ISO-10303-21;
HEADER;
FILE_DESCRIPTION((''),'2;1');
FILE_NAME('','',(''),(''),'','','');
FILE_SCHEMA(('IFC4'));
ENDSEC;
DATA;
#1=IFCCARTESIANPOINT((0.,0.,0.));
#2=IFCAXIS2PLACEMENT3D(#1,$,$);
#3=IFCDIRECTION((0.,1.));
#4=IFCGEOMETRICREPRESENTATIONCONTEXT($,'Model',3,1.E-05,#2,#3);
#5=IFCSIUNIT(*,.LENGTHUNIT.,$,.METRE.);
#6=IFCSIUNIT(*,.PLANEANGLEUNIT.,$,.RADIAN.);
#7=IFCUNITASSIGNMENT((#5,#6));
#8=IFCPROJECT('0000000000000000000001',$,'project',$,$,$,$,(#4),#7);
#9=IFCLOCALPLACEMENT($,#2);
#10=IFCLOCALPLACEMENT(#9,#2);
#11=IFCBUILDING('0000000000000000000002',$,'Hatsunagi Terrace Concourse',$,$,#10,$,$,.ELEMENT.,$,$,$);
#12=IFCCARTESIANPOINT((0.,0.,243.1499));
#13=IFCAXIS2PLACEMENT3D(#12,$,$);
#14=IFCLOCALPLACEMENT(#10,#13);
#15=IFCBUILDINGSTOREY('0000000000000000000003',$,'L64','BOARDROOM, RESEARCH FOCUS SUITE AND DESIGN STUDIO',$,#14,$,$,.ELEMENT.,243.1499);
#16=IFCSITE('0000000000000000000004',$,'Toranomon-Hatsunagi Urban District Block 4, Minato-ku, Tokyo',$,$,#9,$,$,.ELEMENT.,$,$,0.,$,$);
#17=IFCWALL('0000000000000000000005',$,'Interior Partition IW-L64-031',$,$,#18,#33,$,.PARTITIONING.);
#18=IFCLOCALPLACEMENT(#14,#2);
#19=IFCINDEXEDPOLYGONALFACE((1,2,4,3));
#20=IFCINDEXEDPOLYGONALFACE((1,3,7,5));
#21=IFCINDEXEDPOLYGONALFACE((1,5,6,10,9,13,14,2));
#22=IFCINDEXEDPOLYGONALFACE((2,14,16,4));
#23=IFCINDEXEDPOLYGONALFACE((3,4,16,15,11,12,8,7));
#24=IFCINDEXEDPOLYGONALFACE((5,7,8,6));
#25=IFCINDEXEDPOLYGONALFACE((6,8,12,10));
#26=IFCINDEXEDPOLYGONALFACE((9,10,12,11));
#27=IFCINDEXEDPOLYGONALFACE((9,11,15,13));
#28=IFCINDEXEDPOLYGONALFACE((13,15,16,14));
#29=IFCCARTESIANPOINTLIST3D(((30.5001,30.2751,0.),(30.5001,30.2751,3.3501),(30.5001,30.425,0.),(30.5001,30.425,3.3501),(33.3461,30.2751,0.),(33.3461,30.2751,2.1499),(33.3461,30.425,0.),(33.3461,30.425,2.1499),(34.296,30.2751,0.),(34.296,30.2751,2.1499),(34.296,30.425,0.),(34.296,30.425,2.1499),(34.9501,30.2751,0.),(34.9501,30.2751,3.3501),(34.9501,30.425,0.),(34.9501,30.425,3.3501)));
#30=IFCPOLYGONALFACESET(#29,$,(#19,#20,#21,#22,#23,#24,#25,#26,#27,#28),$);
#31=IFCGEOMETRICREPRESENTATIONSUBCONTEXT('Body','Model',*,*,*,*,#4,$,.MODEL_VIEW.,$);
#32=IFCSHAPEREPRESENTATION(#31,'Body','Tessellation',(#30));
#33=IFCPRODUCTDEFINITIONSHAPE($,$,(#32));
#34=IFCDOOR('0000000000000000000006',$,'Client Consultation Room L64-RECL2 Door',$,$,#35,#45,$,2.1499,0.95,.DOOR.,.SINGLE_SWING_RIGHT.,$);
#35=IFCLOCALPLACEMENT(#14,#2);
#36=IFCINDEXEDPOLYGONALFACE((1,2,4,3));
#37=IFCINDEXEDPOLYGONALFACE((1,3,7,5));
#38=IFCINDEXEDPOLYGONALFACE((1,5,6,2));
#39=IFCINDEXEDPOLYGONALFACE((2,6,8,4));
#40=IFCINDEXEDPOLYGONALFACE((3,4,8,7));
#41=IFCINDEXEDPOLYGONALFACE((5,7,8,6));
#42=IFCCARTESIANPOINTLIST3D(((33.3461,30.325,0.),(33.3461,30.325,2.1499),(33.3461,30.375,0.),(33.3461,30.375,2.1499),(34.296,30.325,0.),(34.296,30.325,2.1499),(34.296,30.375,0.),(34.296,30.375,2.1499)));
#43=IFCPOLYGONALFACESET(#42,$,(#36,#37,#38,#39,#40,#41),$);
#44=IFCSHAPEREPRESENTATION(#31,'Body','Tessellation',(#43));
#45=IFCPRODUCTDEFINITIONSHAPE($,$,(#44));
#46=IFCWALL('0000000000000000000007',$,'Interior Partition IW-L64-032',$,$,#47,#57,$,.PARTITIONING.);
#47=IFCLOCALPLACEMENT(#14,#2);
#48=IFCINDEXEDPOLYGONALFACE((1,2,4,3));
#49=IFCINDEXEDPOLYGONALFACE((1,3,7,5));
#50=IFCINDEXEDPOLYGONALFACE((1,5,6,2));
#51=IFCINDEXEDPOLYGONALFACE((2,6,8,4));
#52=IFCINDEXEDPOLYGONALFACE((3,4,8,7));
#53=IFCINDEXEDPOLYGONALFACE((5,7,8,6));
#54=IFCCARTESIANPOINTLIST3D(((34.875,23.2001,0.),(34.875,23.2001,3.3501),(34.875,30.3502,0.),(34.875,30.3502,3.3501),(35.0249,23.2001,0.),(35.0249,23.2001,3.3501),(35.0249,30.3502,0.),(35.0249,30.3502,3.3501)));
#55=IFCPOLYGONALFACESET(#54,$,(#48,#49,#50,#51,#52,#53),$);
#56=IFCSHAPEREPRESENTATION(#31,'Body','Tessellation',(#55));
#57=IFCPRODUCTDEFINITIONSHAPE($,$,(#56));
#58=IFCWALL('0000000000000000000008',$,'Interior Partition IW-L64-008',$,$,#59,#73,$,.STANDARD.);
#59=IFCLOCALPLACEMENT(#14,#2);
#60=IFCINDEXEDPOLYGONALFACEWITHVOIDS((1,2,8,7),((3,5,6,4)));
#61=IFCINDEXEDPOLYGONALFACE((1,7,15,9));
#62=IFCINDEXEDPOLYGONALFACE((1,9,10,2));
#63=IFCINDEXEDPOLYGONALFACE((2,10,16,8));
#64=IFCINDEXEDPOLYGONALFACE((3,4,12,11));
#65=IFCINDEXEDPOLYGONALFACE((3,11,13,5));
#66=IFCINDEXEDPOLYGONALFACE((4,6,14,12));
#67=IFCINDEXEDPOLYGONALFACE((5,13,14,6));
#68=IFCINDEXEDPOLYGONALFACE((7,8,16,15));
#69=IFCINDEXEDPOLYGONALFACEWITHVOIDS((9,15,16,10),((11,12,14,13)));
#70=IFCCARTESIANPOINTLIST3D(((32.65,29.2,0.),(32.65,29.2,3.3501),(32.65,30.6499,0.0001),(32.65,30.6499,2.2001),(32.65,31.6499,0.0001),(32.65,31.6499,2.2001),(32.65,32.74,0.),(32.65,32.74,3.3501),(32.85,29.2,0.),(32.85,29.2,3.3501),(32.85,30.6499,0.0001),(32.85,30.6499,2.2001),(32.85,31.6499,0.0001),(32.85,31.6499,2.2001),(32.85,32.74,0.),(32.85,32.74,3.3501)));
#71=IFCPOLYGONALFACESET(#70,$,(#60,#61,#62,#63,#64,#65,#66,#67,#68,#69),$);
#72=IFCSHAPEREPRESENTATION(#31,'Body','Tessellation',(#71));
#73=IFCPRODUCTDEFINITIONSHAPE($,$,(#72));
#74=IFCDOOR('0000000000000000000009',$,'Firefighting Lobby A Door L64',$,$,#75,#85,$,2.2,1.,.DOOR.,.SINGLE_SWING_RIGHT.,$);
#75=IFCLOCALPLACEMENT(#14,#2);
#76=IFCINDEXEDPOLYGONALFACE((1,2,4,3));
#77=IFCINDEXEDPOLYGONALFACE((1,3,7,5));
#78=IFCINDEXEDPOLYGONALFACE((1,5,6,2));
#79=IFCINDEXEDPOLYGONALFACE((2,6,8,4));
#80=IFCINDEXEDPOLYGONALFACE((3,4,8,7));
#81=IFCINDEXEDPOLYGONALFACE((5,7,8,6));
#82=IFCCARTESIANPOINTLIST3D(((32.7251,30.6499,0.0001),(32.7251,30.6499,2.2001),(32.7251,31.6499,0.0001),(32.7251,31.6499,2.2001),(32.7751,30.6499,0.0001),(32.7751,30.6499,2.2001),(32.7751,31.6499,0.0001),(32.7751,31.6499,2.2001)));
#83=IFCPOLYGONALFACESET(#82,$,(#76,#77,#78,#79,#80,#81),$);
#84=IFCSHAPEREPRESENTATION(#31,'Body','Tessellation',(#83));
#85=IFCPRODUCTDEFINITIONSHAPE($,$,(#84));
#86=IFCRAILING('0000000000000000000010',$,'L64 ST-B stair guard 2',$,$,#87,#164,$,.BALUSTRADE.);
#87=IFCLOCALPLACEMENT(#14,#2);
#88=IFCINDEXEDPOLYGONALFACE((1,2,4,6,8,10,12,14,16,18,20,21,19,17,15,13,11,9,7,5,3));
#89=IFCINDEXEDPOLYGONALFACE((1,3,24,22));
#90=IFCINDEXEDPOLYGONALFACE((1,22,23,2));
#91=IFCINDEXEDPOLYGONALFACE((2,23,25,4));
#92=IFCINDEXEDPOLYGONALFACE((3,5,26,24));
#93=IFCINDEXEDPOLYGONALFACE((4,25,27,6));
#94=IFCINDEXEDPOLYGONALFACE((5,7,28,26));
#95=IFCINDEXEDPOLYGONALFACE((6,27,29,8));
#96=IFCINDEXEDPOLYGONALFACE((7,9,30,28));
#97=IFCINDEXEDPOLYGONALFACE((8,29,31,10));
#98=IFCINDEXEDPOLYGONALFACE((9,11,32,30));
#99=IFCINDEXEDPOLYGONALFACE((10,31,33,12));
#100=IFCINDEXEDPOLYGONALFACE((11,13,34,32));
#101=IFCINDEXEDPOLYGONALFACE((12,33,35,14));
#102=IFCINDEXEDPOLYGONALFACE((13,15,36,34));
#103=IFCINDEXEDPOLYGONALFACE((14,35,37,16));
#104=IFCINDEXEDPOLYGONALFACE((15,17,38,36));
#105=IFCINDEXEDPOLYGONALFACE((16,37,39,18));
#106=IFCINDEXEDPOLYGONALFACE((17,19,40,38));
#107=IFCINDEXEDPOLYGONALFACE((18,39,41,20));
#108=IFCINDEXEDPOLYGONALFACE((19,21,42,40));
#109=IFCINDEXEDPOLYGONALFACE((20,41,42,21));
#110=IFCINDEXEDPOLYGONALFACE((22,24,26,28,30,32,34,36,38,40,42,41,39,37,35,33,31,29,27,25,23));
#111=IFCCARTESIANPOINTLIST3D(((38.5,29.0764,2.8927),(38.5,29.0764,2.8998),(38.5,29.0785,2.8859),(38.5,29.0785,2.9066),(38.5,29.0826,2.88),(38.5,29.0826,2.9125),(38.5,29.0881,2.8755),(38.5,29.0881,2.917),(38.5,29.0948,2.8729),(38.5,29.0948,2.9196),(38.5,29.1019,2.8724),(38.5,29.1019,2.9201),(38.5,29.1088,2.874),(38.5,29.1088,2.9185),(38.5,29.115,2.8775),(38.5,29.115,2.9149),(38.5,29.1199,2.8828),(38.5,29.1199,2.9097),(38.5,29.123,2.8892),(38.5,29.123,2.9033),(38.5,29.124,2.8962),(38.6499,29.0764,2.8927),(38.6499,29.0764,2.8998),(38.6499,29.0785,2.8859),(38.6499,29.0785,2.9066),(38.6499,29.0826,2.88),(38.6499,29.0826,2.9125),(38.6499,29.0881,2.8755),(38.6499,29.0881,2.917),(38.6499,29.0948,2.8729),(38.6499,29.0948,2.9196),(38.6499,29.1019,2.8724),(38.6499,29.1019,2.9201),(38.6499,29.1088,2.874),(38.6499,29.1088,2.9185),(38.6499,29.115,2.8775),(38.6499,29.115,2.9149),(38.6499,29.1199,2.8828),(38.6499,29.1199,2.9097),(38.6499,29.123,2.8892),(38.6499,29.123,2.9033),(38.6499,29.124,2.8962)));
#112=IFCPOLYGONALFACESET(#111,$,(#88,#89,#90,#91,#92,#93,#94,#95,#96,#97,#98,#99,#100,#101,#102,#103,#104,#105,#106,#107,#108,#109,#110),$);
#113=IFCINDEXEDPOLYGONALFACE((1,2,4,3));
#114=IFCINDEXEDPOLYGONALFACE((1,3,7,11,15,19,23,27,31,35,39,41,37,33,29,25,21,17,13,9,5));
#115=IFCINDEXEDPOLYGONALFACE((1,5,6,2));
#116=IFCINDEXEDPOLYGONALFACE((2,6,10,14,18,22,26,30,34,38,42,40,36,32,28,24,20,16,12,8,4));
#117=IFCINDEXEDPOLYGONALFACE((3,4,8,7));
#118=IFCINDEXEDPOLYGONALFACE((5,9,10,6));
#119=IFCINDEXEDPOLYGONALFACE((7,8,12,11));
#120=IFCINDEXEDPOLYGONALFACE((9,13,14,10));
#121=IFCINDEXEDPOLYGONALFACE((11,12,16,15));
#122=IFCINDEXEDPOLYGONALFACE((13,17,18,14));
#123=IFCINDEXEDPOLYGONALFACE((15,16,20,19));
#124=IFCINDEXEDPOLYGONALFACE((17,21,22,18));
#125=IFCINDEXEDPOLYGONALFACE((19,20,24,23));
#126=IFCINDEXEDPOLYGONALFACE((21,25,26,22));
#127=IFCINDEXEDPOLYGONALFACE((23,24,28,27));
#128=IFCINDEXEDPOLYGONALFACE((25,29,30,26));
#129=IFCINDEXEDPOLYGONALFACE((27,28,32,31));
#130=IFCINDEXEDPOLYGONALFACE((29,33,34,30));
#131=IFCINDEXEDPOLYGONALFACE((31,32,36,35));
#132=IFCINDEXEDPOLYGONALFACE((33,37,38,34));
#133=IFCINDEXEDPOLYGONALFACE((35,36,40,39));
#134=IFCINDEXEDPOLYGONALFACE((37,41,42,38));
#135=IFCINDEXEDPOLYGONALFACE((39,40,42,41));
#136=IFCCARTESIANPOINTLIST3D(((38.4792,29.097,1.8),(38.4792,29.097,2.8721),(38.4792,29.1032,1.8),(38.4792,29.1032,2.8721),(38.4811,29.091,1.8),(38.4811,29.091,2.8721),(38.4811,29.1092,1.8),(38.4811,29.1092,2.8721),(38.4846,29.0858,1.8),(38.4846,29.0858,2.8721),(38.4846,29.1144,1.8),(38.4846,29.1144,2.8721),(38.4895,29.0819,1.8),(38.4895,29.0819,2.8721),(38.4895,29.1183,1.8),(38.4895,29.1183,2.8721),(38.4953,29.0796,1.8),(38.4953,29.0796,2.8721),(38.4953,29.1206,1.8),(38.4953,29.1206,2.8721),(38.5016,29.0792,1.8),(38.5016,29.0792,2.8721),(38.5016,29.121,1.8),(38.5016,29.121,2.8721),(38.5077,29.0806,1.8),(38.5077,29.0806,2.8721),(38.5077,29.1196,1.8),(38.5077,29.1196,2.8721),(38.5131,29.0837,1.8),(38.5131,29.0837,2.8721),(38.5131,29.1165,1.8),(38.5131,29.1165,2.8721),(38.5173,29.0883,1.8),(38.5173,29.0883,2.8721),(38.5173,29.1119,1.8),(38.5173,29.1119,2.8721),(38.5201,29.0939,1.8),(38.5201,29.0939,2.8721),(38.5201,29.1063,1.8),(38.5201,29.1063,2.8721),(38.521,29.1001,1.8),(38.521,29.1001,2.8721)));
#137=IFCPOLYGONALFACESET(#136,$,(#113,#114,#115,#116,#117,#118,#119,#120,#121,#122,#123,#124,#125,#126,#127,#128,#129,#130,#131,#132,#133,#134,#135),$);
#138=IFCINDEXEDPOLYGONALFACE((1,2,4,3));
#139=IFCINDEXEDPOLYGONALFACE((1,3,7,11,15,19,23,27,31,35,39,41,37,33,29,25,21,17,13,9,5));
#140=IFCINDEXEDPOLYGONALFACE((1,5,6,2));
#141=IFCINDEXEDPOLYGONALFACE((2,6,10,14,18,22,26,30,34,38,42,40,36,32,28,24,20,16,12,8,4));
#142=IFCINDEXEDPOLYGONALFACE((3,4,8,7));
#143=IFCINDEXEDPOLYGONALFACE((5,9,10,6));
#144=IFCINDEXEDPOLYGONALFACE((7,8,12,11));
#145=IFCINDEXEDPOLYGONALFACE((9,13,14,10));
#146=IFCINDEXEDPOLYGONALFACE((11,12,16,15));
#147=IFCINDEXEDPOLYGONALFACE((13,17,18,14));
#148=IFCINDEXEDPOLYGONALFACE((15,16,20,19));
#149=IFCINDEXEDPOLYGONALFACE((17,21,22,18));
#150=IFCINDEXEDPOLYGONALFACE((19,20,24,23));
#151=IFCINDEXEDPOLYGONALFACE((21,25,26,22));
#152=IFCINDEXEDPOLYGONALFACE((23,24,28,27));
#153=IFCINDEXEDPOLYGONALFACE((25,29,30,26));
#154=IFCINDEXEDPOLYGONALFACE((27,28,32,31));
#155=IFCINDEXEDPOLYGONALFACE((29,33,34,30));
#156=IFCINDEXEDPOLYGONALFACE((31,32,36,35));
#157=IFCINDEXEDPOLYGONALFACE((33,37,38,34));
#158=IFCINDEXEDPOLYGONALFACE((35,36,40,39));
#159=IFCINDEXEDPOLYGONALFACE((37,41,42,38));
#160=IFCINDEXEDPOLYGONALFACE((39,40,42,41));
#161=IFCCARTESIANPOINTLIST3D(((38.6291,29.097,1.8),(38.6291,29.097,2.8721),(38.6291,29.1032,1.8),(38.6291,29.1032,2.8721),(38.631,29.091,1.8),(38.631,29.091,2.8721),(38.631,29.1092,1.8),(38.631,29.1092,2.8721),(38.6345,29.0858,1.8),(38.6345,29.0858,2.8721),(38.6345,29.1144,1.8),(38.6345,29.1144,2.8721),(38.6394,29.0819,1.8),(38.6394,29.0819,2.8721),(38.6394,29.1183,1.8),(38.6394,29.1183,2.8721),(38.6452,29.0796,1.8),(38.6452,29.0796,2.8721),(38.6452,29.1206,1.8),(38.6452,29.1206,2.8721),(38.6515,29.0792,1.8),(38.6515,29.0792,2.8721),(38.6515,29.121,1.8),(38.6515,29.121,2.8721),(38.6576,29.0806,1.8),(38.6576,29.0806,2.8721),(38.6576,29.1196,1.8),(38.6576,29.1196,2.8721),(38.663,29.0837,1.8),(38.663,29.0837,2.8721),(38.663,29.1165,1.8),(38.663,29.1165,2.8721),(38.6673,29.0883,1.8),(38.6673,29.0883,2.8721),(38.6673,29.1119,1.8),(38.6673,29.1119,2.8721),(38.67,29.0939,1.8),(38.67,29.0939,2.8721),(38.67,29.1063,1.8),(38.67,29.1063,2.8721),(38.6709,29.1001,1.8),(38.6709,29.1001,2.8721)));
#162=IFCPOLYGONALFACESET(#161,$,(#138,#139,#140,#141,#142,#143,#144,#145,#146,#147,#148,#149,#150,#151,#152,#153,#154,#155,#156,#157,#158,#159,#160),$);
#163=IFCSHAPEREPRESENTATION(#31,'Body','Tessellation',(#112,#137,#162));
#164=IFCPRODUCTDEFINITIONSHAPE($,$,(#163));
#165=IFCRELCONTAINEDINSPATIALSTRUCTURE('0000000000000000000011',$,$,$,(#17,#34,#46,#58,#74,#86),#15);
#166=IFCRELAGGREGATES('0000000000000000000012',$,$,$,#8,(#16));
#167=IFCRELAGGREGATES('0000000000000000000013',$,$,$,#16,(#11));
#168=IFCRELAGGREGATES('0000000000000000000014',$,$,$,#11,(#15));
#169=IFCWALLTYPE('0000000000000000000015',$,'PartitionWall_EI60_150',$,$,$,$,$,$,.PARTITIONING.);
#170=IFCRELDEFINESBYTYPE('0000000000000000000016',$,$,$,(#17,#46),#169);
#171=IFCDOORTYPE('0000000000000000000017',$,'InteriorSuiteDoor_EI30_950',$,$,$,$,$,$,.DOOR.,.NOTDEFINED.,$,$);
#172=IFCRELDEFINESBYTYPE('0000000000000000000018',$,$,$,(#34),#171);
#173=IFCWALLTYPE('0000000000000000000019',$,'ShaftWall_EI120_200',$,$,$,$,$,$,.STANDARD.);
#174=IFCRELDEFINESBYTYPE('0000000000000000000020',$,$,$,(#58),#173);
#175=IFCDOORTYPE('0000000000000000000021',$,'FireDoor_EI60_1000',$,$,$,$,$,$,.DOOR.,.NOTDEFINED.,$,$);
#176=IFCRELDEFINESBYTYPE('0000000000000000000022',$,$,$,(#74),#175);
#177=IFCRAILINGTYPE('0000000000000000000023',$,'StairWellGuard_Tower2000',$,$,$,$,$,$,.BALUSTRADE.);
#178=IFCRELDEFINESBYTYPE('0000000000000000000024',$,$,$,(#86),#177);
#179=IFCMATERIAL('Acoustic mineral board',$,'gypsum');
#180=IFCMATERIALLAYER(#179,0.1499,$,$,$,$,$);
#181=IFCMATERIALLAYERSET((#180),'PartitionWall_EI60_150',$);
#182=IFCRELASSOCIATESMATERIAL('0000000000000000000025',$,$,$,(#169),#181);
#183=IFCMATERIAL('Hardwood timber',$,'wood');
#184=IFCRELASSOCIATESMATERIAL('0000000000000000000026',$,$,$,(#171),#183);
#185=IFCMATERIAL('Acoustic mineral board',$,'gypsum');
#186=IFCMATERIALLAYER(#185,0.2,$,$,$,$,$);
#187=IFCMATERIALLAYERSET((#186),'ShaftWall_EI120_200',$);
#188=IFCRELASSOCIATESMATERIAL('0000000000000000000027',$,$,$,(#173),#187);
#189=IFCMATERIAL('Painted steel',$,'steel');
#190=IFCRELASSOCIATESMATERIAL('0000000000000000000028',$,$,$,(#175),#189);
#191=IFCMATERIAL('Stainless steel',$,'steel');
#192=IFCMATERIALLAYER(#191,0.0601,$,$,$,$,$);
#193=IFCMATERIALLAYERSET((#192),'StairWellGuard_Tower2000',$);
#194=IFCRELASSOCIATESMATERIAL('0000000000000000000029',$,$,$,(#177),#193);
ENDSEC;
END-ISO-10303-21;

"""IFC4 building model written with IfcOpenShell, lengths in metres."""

from ifc_helpers import new_model, si_unit, direction, frame, frame_2d, origin, origin_2d, place, context, subcontext, project, spatial, rectangle, circle, extrude, material, layer, layer_set, type_object, element, fill, save


model = new_model("IFC4")

# Units and contexts
model_context = context("Model", 3, precision=1e-05, world=origin(), true_north=direction((0.0, 1.0)))
body_context = subcontext(model_context, "Body", "Model", "MODEL_VIEW")
ifc_project = project(units=[si_unit("LENGTHUNIT", "METRE"), si_unit("PLANEANGLEUNIT", "RADIAN")], contexts=[model_context])

# Site, building, storey
site_placement = place(None, origin())
site = spatial("IfcSite", under=ifc_project, at=site_placement, Name="Toranomon-Hatsunagi Urban District Block 4, Minato-ku, Tokyo", CompositionType="ELEMENT", RefElevation=0.0)
building_placement = place(site_placement, origin())
building = spatial("IfcBuilding", under=site, at=building_placement, Name="Hatsunagi Terrace Concourse", CompositionType="ELEMENT")
storey_placement = place(building_placement, frame((0.0, 0.0, 243.1499)))
storey = spatial("IfcBuildingStorey", under=building, at=storey_placement, Name="L64", Description="BOARDROOM, RESEARCH FOCUS SUITE AND DESIGN STUDIO", CompositionType="ELEMENT", Elevation=243.1499)

# Shared definitions
ifc_material_1 = material(Name="Acoustic mineral board", Category="gypsum")
ifc_layer_1 = layer(ifc_material_1, 0.1499)
ifc_layer_set_1 = layer_set([ifc_layer_1], Name="PartitionWall_EI60_150")
wall_type_1 = type_object("IfcWallType", Name="PartitionWall_EI60_150", PredefinedType="PARTITIONING", material=ifc_layer_set_1)

# Wall, opening, door
wall_1_placement = place(storey_placement, frame((30.5, 30.3501, 0.0), z_axis=(0.0, 0.0, 1.0), x_axis=(1.0, 0.0, 0.0)))
wall_1 = element("IfcWall", 1, at=wall_1_placement, inside=storey, type_object=wall_type_1, Name="Interior Partition IW-L64-031", PredefinedType="PARTITIONING", context=body_context, shape_type="SweptSolid", body=[
    extrude(rectangle(XDim=4.45, YDim=0.1499, at=frame_2d((2.2251, 0.0))), origin(), (0.0, 0.0, 1.0), 3.3501),
])
opening_1_placement = place(wall_1_placement, frame((2.8459, 0.0, 0.0)))
opening_1 = element("IfcOpeningElement", 2, at=opening_1_placement, cuts=wall_1, PredefinedType="OPENING", context=body_context, shape_type="SweptSolid", body=[
    extrude(rectangle(XDim=0.95, YDim=2.1499, at=frame_2d((0.4751, 1.075))), frame((0.0, 0.085, 0.0), z_axis=(0.0, -1.0, 0.0), x_axis=(1.0, 0.0, 0.0)), (0.0, 0.0, 1.0), 0.1699),
])
ifc_material_2 = material(Name="Hardwood timber", Category="wood")
door_type_1 = type_object("IfcDoorType", Name="InteriorSuiteDoor_EI30_950", OperationType="NOTDEFINED", PredefinedType="DOOR", material=ifc_material_2)
door_1_placement = place(opening_1_placement, origin())
door_1 = element("IfcDoor", 3, at=door_1_placement, inside=storey, type_object=door_type_1, Name="Client Consultation Room L64-RECL2 Door", OperationType="SINGLE_SWING_RIGHT", OverallHeight=2.1499, OverallWidth=0.95, PredefinedType="DOOR", context=body_context, shape_type="SweptSolid", body=[
    extrude(rectangle(XDim=0.95, YDim=2.1499, at=frame_2d((0.4751, 1.075))), frame((0.0, 0.0249, 0.0), z_axis=(0.0, -1.0, 0.0), x_axis=(1.0, 0.0, 0.0)), (0.0, 0.0, 1.0), 0.05),
])
fill(opening_1, door_1)

# Wall
wall_2_placement = place(storey_placement, frame((34.95, 23.2, 0.0), z_axis=(0.0, 0.0, 1.0), x_axis=(0.0, 1.0, 0.0)))
element("IfcWall", 4, at=wall_2_placement, inside=storey, type_object=wall_type_1, Name="Interior Partition IW-L64-032", PredefinedType="PARTITIONING", context=body_context, shape_type="SweptSolid", body=[
    extrude(rectangle(XDim=7.1501, YDim=0.1499, at=frame_2d((3.5752, 0.0))), origin(), (0.0, 0.0, 1.0), 3.3501),
])

# Wall, opening, door
ifc_material_3 = material(Name="Acoustic mineral board", Category="gypsum")
ifc_layer_2 = layer(ifc_material_3, 0.2)
ifc_layer_set_2 = layer_set([ifc_layer_2], Name="ShaftWall_EI120_200")
wall_type_2 = type_object("IfcWallType", Name="ShaftWall_EI120_200", PredefinedType="STANDARD", material=ifc_layer_set_2)
wall_3_placement = place(storey_placement, frame((32.75, 29.2, 0.0), z_axis=(0.0, 0.0, 1.0), x_axis=(0.0, 1.0, 0.0)))
wall_3 = element("IfcWall", 5, at=wall_3_placement, inside=storey, type_object=wall_type_2, Name="Interior Partition IW-L64-008", PredefinedType="STANDARD", context=body_context, shape_type="SweptSolid", body=[
    extrude(rectangle(XDim=3.54, YDim=0.2, at=frame_2d((1.77, 0.0))), origin(), (0.0, 0.0, 1.0), 3.3501),
])
opening_2_placement = place(wall_3_placement, frame((1.45, 0.0, 0.0)))
opening_2 = element("IfcOpeningElement", 6, at=opening_2_placement, cuts=wall_3, PredefinedType="OPENING", context=body_context, shape_type="SweptSolid", body=[
    extrude(rectangle(XDim=1.0, YDim=2.2, at=frame_2d((0.5, 1.1001))), frame((0.0, 0.1099, 0.0), z_axis=(0.0, -1.0, 0.0), x_axis=(1.0, 0.0, 0.0)), (0.0, 0.0, 1.0), 0.22),
])
ifc_material_4 = material(Name="Painted steel", Category="steel")
door_type_2 = type_object("IfcDoorType", Name="FireDoor_EI60_1000", OperationType="NOTDEFINED", PredefinedType="DOOR", material=ifc_material_4)
door_2_placement = place(opening_2_placement, origin())
door_2 = element("IfcDoor", 7, at=door_2_placement, inside=storey, type_object=door_type_2, Name="Firefighting Lobby A Door L64", OperationType="SINGLE_SWING_RIGHT", OverallHeight=2.2, OverallWidth=1.0, PredefinedType="DOOR", context=body_context, shape_type="SweptSolid", body=[
    extrude(rectangle(XDim=1.0, YDim=2.2, at=frame_2d((0.5, 1.1001))), frame((0.0, 0.0249, 0.0), z_axis=(0.0, -1.0, 0.0), x_axis=(1.0, 0.0, 0.0)), (0.0, 0.0, 1.0), 0.05),
])
fill(opening_2, door_2)

# Railing
ifc_material_5 = material(Name="Stainless steel", Category="steel")
ifc_layer_3 = layer(ifc_material_5, 0.0601)
ifc_layer_set_3 = layer_set([ifc_layer_3], Name="StairWellGuard_Tower2000")
railing_type = type_object("IfcRailingType", Name="StairWellGuard_Tower2000", PredefinedType="BALUSTRADE", material=ifc_layer_set_3)
railing_1_placement = place(storey_placement, frame((38.5, 29.1001, 1.8)))
element("IfcRailing", 8, at=railing_1_placement, inside=storey, type_object=railing_type, Name="L64 ST-B stair guard 2", PredefinedType="BALUSTRADE", context=body_context, shape_type="SweptSolid", body=[
    extrude(circle(Radius=0.0239, at=origin_2d()), frame((0.0, 0.0, 1.0962), z_axis=(1.0, 0.0, 0.0), x_axis=(0.0, 1.0, 0.0)), (0.0, 0.0, 1.0), 0.1499),
    extrude(circle(Radius=0.021, at=origin_2d()), origin(), (0.0, 0.0, 1.0), 1.072),
    extrude(circle(Radius=0.021, at=origin_2d()), frame((0.1499, 0.0, 0.0)), (0.0, 0.0, 1.0), 1.072),
])

save(model, "model.ifc")
